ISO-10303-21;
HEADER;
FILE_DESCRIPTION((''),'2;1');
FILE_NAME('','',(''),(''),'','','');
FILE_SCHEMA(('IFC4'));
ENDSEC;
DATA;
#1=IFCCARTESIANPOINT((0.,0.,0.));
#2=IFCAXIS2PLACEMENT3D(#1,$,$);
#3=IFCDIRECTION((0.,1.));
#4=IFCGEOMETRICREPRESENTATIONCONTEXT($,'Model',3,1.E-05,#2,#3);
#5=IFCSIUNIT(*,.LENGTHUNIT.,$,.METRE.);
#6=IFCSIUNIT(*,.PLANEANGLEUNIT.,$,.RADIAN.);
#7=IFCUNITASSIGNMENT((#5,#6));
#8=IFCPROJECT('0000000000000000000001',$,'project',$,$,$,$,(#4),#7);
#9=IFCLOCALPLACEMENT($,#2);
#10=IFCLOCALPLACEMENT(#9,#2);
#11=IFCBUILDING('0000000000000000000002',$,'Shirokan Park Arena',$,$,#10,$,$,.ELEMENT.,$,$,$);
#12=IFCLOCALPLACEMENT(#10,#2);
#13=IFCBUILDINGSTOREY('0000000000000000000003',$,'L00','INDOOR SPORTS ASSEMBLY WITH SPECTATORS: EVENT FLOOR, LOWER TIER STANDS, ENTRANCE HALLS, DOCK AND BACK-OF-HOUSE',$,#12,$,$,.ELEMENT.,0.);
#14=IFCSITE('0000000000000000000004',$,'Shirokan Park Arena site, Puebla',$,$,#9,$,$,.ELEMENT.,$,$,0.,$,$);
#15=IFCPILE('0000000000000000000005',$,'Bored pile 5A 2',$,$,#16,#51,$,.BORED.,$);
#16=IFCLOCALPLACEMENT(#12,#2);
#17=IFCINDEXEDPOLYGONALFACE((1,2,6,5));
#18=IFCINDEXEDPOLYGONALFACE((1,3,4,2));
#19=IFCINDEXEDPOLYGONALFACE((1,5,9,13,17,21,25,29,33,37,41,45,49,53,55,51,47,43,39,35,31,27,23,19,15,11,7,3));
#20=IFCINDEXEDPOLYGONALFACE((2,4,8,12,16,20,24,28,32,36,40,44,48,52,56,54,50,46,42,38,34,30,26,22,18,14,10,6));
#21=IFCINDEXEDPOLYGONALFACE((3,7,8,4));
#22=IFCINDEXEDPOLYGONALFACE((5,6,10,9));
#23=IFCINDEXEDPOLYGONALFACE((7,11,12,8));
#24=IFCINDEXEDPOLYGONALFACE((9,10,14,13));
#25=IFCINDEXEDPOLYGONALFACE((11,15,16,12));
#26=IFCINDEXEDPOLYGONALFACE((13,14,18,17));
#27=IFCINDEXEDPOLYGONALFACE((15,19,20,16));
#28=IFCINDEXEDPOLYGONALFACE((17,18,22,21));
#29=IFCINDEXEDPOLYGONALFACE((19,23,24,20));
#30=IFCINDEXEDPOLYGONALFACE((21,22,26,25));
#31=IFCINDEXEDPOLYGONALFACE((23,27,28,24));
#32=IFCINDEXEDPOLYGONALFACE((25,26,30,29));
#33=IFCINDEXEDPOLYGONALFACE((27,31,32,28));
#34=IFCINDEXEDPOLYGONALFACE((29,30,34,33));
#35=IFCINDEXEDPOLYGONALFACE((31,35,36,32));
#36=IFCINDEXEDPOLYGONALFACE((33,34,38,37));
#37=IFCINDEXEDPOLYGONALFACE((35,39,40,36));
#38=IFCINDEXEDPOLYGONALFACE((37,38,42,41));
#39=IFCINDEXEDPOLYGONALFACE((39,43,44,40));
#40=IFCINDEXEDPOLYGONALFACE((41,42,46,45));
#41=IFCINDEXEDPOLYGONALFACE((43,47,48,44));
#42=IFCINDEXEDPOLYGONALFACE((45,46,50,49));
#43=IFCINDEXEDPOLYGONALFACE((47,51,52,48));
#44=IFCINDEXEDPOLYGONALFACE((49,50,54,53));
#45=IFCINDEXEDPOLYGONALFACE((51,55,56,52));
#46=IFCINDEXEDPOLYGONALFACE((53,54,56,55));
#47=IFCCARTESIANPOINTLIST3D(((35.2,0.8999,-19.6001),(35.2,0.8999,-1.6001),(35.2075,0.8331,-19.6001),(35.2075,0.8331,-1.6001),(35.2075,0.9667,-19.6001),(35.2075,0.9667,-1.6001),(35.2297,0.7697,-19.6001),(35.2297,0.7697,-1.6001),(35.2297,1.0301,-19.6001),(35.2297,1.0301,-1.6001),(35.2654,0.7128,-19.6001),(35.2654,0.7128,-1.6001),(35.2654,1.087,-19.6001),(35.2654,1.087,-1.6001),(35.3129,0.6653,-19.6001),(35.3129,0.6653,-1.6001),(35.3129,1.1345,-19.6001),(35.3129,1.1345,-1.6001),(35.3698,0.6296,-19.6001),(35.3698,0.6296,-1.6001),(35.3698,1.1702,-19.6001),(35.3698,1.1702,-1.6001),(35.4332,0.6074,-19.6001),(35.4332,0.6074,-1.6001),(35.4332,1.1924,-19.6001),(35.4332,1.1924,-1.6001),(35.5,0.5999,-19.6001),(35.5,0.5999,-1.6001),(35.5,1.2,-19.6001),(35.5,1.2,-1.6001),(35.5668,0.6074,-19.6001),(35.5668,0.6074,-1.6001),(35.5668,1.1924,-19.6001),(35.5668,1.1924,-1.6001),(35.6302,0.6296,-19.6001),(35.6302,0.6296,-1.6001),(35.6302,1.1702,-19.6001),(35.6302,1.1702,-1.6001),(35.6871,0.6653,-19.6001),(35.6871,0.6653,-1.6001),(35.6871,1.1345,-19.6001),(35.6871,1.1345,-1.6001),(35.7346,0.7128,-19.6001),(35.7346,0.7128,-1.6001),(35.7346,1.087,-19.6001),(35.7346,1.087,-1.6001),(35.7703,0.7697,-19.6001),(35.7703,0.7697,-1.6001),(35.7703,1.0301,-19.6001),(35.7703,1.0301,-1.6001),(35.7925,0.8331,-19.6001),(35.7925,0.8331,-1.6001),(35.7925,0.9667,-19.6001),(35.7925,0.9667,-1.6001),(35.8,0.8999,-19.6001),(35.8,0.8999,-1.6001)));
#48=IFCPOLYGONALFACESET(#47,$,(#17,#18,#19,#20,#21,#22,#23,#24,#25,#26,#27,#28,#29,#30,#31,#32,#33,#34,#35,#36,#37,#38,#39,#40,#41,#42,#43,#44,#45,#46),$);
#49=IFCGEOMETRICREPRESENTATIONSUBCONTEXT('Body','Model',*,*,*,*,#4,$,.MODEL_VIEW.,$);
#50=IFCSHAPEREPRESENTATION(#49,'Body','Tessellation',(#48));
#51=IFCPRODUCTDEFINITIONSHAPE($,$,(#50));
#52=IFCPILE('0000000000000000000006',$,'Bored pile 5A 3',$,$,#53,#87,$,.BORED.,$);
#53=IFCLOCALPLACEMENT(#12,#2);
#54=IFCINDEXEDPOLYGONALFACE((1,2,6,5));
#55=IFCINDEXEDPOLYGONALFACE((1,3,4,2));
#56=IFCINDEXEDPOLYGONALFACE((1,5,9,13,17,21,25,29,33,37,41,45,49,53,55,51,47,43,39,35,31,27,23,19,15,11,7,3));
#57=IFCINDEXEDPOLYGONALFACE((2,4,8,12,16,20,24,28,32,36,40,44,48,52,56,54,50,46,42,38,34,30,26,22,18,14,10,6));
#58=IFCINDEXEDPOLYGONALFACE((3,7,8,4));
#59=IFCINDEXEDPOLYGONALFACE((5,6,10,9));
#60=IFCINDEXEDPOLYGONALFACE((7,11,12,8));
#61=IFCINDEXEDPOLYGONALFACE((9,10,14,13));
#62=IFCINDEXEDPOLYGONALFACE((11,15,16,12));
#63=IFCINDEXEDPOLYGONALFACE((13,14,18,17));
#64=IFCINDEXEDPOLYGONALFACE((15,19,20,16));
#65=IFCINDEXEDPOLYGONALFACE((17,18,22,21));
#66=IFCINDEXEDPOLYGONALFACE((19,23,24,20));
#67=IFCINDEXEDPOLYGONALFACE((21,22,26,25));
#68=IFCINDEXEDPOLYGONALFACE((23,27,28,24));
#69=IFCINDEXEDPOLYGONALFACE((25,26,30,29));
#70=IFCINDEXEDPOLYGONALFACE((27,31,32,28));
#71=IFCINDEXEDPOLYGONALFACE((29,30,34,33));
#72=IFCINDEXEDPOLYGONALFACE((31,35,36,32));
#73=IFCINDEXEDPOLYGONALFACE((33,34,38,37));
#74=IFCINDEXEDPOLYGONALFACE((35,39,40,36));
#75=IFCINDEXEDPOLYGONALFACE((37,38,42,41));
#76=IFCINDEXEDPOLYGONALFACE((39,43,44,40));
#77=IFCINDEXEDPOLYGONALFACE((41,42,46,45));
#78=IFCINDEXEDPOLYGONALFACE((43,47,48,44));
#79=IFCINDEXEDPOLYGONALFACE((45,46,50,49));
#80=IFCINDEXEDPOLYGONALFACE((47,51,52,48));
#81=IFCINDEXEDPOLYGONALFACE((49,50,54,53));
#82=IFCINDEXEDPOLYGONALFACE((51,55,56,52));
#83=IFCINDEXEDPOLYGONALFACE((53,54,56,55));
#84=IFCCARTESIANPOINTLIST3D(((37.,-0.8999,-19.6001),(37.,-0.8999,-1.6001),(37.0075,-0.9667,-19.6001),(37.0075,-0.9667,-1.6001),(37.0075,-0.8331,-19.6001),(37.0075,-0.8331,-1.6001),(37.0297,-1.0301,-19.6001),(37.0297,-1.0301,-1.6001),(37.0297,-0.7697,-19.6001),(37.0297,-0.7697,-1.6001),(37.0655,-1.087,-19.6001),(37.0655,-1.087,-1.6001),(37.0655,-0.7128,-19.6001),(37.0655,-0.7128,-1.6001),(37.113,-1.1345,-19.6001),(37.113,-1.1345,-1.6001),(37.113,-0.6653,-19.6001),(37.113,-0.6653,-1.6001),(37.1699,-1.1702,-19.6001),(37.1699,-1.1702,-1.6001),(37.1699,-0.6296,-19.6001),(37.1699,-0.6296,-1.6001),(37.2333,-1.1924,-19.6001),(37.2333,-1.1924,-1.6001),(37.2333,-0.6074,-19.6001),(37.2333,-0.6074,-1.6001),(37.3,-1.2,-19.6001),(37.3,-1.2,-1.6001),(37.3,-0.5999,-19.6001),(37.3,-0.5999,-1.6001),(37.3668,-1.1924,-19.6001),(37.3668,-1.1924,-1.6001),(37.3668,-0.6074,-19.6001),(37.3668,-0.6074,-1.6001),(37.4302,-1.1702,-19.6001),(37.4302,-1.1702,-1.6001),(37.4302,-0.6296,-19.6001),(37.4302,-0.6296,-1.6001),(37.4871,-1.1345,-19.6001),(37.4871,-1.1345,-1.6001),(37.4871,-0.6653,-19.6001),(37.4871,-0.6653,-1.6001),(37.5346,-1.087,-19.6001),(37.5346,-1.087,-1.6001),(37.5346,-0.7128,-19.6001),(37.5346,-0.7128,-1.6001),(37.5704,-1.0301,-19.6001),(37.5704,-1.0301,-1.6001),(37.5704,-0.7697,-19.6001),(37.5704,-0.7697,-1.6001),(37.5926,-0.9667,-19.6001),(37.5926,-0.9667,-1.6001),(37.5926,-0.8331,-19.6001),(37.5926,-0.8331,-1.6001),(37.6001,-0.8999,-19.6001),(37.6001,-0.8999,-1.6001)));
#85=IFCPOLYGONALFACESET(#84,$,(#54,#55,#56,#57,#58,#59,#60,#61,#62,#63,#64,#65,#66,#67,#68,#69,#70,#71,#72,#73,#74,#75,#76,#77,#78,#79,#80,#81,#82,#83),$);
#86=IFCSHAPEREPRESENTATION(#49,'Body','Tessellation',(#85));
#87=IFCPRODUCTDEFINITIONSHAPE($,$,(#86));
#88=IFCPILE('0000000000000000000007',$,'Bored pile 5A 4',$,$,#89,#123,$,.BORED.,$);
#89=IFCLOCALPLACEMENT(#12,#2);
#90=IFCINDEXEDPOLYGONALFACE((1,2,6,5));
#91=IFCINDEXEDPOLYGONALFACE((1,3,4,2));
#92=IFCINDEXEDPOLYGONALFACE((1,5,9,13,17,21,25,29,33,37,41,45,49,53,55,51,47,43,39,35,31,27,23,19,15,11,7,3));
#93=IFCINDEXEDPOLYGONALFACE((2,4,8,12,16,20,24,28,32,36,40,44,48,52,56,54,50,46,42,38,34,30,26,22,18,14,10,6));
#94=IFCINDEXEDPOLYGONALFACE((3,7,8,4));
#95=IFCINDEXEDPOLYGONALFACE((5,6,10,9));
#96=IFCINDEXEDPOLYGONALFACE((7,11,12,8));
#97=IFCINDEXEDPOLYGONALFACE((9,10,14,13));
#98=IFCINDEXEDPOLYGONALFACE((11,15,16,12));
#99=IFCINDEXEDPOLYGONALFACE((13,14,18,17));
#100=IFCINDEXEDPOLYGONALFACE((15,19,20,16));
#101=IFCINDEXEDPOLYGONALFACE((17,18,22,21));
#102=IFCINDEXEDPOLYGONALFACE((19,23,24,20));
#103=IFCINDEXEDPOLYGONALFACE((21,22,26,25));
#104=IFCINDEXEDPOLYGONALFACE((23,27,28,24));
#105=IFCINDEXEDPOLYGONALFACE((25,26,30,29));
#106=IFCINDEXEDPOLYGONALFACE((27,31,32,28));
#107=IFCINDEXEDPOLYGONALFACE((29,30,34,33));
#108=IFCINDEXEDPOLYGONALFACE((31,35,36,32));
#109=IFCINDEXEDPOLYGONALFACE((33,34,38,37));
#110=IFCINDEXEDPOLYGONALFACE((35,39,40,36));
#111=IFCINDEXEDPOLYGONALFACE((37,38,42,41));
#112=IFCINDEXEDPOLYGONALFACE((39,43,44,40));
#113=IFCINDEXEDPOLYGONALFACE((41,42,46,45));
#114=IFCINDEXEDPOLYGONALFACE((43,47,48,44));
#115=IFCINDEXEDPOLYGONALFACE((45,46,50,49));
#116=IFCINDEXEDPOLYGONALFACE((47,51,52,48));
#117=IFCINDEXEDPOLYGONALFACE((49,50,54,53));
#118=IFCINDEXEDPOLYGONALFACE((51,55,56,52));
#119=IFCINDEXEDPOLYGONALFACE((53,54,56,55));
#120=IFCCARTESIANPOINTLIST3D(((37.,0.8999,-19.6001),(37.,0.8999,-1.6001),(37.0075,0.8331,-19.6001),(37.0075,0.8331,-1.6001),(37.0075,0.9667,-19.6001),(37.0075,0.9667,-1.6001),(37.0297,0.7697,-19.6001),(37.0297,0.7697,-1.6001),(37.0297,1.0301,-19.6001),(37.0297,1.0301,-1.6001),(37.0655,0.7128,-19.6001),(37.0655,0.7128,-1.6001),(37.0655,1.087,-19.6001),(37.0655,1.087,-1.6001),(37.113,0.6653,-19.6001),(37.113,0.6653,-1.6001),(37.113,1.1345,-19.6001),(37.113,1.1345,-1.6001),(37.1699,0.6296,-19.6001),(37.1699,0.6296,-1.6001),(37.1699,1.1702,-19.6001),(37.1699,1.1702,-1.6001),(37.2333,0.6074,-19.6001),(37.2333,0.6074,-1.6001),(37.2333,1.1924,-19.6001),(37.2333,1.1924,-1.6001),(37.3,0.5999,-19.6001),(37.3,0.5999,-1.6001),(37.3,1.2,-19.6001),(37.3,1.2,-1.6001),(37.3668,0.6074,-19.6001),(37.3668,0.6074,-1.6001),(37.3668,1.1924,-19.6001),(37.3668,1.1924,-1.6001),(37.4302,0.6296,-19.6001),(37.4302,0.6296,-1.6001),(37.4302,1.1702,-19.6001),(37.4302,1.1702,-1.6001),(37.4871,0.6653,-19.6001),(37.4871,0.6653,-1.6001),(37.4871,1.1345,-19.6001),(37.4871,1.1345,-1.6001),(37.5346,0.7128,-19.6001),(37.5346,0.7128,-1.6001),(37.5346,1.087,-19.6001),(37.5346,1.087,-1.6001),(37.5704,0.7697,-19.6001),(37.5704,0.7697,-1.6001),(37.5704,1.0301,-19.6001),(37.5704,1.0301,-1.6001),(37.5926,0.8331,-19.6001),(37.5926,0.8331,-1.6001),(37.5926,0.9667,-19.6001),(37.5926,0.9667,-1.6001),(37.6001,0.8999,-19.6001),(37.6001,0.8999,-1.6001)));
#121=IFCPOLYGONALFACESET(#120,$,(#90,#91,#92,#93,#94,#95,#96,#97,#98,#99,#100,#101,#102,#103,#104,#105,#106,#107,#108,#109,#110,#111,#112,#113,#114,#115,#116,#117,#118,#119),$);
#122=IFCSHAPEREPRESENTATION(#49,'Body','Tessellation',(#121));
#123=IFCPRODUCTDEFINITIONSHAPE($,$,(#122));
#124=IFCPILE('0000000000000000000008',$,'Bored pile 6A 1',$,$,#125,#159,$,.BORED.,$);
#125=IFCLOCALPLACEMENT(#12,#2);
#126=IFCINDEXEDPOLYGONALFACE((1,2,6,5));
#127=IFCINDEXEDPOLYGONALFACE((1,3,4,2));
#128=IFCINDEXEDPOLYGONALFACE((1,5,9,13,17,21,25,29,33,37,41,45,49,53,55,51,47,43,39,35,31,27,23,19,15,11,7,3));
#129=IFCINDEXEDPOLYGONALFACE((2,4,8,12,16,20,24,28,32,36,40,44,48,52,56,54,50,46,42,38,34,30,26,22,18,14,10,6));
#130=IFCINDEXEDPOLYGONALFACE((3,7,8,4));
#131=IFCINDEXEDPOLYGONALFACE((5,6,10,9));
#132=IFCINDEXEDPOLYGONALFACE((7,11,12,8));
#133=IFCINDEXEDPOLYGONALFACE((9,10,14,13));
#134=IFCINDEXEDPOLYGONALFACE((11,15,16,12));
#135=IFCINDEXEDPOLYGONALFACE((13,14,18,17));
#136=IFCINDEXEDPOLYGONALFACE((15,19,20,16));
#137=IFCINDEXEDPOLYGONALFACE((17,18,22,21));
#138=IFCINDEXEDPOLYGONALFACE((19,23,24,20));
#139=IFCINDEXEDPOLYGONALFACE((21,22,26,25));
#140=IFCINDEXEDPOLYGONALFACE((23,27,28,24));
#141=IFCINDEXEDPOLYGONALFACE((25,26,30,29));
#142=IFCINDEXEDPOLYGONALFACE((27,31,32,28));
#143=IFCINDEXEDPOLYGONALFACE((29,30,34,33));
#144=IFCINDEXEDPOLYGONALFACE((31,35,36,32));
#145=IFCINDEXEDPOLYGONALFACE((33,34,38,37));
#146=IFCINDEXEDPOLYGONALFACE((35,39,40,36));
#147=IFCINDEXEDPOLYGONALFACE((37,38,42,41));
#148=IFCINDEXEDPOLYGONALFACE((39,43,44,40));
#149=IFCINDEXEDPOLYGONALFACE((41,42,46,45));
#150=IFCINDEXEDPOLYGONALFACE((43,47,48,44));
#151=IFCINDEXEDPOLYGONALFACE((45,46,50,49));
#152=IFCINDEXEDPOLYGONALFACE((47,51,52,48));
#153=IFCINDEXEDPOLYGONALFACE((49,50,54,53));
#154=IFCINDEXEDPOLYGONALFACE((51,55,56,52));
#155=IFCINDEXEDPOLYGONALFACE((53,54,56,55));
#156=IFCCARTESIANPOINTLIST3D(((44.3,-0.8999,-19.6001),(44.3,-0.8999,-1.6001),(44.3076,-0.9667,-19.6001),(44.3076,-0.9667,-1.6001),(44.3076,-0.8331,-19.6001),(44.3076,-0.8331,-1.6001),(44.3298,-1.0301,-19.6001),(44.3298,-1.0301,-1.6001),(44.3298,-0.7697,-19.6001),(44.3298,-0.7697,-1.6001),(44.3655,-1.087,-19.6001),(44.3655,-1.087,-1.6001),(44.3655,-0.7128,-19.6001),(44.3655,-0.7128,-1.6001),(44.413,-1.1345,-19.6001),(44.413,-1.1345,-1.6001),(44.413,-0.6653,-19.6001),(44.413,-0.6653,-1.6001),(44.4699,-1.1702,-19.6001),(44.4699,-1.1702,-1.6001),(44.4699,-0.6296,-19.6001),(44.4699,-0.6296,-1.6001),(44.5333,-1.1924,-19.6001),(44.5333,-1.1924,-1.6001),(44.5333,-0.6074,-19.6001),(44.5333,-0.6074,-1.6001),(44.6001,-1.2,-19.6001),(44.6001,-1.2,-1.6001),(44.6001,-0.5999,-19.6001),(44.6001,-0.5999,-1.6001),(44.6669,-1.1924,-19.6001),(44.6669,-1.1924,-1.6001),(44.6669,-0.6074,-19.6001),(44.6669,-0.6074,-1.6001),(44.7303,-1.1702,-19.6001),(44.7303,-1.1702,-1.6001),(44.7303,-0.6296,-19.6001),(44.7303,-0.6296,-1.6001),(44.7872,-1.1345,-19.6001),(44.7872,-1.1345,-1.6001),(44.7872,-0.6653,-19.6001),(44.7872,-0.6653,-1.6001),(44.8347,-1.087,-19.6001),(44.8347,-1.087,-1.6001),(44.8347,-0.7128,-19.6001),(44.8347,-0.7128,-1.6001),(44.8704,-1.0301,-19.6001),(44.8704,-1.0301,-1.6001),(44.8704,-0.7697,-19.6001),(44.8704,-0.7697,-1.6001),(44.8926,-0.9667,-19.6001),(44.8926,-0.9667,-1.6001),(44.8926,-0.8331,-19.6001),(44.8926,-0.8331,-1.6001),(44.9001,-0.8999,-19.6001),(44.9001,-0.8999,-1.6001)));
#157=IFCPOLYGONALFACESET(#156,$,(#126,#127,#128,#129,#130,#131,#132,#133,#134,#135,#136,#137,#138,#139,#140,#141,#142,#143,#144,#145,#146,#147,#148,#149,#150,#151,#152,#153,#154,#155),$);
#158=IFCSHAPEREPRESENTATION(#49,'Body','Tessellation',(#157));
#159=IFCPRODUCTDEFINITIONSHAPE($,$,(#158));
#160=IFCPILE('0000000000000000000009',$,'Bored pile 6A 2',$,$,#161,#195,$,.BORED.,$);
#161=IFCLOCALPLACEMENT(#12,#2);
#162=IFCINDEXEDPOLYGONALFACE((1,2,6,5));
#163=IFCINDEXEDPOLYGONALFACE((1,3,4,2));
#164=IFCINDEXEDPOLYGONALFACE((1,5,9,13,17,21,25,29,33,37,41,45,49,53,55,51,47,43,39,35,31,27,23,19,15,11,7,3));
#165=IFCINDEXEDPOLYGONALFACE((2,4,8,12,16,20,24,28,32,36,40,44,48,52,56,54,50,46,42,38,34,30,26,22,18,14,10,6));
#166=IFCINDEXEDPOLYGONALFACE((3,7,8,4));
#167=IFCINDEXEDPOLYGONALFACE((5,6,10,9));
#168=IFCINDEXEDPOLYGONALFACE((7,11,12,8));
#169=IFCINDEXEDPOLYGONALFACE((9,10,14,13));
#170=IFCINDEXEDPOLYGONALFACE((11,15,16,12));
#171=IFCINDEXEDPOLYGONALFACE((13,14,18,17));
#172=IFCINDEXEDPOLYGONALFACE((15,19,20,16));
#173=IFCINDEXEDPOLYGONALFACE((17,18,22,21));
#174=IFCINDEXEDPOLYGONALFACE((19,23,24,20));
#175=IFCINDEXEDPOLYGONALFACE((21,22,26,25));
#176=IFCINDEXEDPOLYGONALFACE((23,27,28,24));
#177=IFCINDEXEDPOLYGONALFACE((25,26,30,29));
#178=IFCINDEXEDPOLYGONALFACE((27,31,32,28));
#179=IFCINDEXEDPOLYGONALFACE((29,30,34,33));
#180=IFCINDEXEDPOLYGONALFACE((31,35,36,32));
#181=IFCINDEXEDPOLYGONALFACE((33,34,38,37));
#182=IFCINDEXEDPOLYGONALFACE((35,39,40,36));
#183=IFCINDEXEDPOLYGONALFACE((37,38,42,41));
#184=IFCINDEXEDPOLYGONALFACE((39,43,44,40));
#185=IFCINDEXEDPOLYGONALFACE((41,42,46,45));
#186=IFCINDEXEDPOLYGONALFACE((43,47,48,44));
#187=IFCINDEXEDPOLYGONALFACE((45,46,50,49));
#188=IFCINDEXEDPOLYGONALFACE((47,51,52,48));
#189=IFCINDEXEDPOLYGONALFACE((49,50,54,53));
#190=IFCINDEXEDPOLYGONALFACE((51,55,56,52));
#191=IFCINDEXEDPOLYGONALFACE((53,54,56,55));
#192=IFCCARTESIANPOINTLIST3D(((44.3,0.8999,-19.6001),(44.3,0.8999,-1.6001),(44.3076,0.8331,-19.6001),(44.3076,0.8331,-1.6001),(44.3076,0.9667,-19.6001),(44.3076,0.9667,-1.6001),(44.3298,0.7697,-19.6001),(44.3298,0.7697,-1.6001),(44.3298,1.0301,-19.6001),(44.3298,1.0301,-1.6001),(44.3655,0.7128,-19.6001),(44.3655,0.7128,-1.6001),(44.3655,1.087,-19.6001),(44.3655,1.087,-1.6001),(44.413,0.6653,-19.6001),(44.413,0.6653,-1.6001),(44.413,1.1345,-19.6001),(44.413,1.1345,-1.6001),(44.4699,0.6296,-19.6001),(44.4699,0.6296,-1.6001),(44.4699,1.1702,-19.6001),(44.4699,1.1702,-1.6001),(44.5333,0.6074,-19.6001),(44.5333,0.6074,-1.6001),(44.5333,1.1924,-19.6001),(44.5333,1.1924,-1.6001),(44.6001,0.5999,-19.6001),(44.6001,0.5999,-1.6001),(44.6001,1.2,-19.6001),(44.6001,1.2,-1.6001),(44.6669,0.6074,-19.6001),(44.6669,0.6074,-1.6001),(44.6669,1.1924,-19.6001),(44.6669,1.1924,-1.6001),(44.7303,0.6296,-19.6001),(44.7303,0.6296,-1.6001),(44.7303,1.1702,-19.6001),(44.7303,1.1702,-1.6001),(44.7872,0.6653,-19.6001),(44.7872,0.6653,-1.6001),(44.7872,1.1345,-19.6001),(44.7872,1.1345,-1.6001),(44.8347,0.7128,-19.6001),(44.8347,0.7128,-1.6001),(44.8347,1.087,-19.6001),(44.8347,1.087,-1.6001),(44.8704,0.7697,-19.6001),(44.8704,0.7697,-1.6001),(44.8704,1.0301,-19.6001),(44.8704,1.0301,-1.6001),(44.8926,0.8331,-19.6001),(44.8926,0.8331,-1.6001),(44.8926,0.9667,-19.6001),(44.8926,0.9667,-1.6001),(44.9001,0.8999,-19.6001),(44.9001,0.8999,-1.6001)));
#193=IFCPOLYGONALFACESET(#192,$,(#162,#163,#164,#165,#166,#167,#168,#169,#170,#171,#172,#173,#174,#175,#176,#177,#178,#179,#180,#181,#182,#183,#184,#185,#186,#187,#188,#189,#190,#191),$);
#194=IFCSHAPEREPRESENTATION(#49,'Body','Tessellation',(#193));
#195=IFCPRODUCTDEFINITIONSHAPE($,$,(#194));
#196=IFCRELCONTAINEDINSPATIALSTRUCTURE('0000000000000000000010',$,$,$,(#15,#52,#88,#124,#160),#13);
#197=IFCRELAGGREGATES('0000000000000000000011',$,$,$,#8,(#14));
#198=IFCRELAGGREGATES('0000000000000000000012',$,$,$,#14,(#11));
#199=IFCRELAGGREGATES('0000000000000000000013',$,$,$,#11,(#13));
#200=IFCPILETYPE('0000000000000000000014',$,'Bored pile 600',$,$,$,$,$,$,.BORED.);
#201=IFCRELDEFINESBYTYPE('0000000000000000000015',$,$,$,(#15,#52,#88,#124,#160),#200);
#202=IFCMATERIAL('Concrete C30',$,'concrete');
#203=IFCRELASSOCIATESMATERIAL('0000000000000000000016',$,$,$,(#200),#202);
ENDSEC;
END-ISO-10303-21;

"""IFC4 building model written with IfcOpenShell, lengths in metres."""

from ifc_helpers import new_model, si_unit, direction, frame, origin, origin_2d, place, context, subcontext, project, spatial, circle, extrude, material, material_profile, profile_set, type_object, element, save


model = new_model("IFC4")

# Units and contexts
model_context = context("Model", 3, precision=1e-05, world=origin(), true_north=direction((0.0, 1.0)))
body_context = subcontext(model_context, "Body", "Model", "MODEL_VIEW")
ifc_project = project(units=[si_unit("LENGTHUNIT", "METRE"), si_unit("PLANEANGLEUNIT", "RADIAN")], contexts=[model_context])

# Site, building, storey
site_placement = place(None, origin())
site = spatial("IfcSite", under=ifc_project, at=site_placement, Name="Shirokan Park Arena site, Puebla", CompositionType="ELEMENT", RefElevation=0.0)
building_placement = place(site_placement, origin())
building = spatial("IfcBuilding", under=site, at=building_placement, Name="Shirokan Park Arena", CompositionType="ELEMENT")
storey_placement = place(building_placement, origin())
storey = spatial("IfcBuildingStorey", under=building, at=storey_placement, Name="L00", Description="INDOOR SPORTS ASSEMBLY WITH SPECTATORS: EVENT FLOOR, LOWER TIER STANDS, ENTRANCE HALLS, DOCK AND BACK-OF-HOUSE", CompositionType="ELEMENT", Elevation=0.0)

# Piles
ifc_material_1 = material(Name="Concrete C30", Category="concrete")
ifc_material_profile_1 = material_profile(ifc_material_1, circle(Radius=0.3, at=origin_2d()), Name="D600")
ifc_profile_set_1 = profile_set([ifc_material_profile_1], Name="Concrete C30")
pile_type_1 = type_object("IfcPileType", Name="Bored pile 600", PredefinedType="BORED", material=ifc_profile_set_1)
for number, where, z_axis, x_axis, name in (
    (1, (35.5, 0.8999, -1.6001), (0.0, 0.0, -1.0), (1.0, 0.0, 0.0), "Bored pile 5A 2"),
    (2, (37.3, -0.8999, -1.6001), (0.0, 0.0, -1.0), (1.0, 0.0, 0.0), "Bored pile 5A 3"),
    (3, (37.3, 0.8999, -1.6001), (0.0, 0.0, -1.0), (1.0, 0.0, 0.0), "Bored pile 5A 4"),
    (4, (44.6001, -0.8999, -1.6001), (0.0, 0.0, -1.0), (1.0, 0.0, 0.0), "Bored pile 6A 1"),
    (5, (44.6001, 0.8999, -1.6001), (0.0, 0.0, -1.0), (1.0, 0.0, 0.0), "Bored pile 6A 2"),
):
    element("IfcPile", number, at=place(storey_placement, frame(where, z_axis=z_axis, x_axis=x_axis)), inside=storey, type_object=pile_type_1, Name=name, PredefinedType="BORED", context=body_context, shape_type="SweptSolid", body=[
        extrude(circle(Radius=0.3, at=origin_2d()), origin(), (0.0, 0.0, 1.0), 18.0),
    ])

save(model, "model.ifc")
